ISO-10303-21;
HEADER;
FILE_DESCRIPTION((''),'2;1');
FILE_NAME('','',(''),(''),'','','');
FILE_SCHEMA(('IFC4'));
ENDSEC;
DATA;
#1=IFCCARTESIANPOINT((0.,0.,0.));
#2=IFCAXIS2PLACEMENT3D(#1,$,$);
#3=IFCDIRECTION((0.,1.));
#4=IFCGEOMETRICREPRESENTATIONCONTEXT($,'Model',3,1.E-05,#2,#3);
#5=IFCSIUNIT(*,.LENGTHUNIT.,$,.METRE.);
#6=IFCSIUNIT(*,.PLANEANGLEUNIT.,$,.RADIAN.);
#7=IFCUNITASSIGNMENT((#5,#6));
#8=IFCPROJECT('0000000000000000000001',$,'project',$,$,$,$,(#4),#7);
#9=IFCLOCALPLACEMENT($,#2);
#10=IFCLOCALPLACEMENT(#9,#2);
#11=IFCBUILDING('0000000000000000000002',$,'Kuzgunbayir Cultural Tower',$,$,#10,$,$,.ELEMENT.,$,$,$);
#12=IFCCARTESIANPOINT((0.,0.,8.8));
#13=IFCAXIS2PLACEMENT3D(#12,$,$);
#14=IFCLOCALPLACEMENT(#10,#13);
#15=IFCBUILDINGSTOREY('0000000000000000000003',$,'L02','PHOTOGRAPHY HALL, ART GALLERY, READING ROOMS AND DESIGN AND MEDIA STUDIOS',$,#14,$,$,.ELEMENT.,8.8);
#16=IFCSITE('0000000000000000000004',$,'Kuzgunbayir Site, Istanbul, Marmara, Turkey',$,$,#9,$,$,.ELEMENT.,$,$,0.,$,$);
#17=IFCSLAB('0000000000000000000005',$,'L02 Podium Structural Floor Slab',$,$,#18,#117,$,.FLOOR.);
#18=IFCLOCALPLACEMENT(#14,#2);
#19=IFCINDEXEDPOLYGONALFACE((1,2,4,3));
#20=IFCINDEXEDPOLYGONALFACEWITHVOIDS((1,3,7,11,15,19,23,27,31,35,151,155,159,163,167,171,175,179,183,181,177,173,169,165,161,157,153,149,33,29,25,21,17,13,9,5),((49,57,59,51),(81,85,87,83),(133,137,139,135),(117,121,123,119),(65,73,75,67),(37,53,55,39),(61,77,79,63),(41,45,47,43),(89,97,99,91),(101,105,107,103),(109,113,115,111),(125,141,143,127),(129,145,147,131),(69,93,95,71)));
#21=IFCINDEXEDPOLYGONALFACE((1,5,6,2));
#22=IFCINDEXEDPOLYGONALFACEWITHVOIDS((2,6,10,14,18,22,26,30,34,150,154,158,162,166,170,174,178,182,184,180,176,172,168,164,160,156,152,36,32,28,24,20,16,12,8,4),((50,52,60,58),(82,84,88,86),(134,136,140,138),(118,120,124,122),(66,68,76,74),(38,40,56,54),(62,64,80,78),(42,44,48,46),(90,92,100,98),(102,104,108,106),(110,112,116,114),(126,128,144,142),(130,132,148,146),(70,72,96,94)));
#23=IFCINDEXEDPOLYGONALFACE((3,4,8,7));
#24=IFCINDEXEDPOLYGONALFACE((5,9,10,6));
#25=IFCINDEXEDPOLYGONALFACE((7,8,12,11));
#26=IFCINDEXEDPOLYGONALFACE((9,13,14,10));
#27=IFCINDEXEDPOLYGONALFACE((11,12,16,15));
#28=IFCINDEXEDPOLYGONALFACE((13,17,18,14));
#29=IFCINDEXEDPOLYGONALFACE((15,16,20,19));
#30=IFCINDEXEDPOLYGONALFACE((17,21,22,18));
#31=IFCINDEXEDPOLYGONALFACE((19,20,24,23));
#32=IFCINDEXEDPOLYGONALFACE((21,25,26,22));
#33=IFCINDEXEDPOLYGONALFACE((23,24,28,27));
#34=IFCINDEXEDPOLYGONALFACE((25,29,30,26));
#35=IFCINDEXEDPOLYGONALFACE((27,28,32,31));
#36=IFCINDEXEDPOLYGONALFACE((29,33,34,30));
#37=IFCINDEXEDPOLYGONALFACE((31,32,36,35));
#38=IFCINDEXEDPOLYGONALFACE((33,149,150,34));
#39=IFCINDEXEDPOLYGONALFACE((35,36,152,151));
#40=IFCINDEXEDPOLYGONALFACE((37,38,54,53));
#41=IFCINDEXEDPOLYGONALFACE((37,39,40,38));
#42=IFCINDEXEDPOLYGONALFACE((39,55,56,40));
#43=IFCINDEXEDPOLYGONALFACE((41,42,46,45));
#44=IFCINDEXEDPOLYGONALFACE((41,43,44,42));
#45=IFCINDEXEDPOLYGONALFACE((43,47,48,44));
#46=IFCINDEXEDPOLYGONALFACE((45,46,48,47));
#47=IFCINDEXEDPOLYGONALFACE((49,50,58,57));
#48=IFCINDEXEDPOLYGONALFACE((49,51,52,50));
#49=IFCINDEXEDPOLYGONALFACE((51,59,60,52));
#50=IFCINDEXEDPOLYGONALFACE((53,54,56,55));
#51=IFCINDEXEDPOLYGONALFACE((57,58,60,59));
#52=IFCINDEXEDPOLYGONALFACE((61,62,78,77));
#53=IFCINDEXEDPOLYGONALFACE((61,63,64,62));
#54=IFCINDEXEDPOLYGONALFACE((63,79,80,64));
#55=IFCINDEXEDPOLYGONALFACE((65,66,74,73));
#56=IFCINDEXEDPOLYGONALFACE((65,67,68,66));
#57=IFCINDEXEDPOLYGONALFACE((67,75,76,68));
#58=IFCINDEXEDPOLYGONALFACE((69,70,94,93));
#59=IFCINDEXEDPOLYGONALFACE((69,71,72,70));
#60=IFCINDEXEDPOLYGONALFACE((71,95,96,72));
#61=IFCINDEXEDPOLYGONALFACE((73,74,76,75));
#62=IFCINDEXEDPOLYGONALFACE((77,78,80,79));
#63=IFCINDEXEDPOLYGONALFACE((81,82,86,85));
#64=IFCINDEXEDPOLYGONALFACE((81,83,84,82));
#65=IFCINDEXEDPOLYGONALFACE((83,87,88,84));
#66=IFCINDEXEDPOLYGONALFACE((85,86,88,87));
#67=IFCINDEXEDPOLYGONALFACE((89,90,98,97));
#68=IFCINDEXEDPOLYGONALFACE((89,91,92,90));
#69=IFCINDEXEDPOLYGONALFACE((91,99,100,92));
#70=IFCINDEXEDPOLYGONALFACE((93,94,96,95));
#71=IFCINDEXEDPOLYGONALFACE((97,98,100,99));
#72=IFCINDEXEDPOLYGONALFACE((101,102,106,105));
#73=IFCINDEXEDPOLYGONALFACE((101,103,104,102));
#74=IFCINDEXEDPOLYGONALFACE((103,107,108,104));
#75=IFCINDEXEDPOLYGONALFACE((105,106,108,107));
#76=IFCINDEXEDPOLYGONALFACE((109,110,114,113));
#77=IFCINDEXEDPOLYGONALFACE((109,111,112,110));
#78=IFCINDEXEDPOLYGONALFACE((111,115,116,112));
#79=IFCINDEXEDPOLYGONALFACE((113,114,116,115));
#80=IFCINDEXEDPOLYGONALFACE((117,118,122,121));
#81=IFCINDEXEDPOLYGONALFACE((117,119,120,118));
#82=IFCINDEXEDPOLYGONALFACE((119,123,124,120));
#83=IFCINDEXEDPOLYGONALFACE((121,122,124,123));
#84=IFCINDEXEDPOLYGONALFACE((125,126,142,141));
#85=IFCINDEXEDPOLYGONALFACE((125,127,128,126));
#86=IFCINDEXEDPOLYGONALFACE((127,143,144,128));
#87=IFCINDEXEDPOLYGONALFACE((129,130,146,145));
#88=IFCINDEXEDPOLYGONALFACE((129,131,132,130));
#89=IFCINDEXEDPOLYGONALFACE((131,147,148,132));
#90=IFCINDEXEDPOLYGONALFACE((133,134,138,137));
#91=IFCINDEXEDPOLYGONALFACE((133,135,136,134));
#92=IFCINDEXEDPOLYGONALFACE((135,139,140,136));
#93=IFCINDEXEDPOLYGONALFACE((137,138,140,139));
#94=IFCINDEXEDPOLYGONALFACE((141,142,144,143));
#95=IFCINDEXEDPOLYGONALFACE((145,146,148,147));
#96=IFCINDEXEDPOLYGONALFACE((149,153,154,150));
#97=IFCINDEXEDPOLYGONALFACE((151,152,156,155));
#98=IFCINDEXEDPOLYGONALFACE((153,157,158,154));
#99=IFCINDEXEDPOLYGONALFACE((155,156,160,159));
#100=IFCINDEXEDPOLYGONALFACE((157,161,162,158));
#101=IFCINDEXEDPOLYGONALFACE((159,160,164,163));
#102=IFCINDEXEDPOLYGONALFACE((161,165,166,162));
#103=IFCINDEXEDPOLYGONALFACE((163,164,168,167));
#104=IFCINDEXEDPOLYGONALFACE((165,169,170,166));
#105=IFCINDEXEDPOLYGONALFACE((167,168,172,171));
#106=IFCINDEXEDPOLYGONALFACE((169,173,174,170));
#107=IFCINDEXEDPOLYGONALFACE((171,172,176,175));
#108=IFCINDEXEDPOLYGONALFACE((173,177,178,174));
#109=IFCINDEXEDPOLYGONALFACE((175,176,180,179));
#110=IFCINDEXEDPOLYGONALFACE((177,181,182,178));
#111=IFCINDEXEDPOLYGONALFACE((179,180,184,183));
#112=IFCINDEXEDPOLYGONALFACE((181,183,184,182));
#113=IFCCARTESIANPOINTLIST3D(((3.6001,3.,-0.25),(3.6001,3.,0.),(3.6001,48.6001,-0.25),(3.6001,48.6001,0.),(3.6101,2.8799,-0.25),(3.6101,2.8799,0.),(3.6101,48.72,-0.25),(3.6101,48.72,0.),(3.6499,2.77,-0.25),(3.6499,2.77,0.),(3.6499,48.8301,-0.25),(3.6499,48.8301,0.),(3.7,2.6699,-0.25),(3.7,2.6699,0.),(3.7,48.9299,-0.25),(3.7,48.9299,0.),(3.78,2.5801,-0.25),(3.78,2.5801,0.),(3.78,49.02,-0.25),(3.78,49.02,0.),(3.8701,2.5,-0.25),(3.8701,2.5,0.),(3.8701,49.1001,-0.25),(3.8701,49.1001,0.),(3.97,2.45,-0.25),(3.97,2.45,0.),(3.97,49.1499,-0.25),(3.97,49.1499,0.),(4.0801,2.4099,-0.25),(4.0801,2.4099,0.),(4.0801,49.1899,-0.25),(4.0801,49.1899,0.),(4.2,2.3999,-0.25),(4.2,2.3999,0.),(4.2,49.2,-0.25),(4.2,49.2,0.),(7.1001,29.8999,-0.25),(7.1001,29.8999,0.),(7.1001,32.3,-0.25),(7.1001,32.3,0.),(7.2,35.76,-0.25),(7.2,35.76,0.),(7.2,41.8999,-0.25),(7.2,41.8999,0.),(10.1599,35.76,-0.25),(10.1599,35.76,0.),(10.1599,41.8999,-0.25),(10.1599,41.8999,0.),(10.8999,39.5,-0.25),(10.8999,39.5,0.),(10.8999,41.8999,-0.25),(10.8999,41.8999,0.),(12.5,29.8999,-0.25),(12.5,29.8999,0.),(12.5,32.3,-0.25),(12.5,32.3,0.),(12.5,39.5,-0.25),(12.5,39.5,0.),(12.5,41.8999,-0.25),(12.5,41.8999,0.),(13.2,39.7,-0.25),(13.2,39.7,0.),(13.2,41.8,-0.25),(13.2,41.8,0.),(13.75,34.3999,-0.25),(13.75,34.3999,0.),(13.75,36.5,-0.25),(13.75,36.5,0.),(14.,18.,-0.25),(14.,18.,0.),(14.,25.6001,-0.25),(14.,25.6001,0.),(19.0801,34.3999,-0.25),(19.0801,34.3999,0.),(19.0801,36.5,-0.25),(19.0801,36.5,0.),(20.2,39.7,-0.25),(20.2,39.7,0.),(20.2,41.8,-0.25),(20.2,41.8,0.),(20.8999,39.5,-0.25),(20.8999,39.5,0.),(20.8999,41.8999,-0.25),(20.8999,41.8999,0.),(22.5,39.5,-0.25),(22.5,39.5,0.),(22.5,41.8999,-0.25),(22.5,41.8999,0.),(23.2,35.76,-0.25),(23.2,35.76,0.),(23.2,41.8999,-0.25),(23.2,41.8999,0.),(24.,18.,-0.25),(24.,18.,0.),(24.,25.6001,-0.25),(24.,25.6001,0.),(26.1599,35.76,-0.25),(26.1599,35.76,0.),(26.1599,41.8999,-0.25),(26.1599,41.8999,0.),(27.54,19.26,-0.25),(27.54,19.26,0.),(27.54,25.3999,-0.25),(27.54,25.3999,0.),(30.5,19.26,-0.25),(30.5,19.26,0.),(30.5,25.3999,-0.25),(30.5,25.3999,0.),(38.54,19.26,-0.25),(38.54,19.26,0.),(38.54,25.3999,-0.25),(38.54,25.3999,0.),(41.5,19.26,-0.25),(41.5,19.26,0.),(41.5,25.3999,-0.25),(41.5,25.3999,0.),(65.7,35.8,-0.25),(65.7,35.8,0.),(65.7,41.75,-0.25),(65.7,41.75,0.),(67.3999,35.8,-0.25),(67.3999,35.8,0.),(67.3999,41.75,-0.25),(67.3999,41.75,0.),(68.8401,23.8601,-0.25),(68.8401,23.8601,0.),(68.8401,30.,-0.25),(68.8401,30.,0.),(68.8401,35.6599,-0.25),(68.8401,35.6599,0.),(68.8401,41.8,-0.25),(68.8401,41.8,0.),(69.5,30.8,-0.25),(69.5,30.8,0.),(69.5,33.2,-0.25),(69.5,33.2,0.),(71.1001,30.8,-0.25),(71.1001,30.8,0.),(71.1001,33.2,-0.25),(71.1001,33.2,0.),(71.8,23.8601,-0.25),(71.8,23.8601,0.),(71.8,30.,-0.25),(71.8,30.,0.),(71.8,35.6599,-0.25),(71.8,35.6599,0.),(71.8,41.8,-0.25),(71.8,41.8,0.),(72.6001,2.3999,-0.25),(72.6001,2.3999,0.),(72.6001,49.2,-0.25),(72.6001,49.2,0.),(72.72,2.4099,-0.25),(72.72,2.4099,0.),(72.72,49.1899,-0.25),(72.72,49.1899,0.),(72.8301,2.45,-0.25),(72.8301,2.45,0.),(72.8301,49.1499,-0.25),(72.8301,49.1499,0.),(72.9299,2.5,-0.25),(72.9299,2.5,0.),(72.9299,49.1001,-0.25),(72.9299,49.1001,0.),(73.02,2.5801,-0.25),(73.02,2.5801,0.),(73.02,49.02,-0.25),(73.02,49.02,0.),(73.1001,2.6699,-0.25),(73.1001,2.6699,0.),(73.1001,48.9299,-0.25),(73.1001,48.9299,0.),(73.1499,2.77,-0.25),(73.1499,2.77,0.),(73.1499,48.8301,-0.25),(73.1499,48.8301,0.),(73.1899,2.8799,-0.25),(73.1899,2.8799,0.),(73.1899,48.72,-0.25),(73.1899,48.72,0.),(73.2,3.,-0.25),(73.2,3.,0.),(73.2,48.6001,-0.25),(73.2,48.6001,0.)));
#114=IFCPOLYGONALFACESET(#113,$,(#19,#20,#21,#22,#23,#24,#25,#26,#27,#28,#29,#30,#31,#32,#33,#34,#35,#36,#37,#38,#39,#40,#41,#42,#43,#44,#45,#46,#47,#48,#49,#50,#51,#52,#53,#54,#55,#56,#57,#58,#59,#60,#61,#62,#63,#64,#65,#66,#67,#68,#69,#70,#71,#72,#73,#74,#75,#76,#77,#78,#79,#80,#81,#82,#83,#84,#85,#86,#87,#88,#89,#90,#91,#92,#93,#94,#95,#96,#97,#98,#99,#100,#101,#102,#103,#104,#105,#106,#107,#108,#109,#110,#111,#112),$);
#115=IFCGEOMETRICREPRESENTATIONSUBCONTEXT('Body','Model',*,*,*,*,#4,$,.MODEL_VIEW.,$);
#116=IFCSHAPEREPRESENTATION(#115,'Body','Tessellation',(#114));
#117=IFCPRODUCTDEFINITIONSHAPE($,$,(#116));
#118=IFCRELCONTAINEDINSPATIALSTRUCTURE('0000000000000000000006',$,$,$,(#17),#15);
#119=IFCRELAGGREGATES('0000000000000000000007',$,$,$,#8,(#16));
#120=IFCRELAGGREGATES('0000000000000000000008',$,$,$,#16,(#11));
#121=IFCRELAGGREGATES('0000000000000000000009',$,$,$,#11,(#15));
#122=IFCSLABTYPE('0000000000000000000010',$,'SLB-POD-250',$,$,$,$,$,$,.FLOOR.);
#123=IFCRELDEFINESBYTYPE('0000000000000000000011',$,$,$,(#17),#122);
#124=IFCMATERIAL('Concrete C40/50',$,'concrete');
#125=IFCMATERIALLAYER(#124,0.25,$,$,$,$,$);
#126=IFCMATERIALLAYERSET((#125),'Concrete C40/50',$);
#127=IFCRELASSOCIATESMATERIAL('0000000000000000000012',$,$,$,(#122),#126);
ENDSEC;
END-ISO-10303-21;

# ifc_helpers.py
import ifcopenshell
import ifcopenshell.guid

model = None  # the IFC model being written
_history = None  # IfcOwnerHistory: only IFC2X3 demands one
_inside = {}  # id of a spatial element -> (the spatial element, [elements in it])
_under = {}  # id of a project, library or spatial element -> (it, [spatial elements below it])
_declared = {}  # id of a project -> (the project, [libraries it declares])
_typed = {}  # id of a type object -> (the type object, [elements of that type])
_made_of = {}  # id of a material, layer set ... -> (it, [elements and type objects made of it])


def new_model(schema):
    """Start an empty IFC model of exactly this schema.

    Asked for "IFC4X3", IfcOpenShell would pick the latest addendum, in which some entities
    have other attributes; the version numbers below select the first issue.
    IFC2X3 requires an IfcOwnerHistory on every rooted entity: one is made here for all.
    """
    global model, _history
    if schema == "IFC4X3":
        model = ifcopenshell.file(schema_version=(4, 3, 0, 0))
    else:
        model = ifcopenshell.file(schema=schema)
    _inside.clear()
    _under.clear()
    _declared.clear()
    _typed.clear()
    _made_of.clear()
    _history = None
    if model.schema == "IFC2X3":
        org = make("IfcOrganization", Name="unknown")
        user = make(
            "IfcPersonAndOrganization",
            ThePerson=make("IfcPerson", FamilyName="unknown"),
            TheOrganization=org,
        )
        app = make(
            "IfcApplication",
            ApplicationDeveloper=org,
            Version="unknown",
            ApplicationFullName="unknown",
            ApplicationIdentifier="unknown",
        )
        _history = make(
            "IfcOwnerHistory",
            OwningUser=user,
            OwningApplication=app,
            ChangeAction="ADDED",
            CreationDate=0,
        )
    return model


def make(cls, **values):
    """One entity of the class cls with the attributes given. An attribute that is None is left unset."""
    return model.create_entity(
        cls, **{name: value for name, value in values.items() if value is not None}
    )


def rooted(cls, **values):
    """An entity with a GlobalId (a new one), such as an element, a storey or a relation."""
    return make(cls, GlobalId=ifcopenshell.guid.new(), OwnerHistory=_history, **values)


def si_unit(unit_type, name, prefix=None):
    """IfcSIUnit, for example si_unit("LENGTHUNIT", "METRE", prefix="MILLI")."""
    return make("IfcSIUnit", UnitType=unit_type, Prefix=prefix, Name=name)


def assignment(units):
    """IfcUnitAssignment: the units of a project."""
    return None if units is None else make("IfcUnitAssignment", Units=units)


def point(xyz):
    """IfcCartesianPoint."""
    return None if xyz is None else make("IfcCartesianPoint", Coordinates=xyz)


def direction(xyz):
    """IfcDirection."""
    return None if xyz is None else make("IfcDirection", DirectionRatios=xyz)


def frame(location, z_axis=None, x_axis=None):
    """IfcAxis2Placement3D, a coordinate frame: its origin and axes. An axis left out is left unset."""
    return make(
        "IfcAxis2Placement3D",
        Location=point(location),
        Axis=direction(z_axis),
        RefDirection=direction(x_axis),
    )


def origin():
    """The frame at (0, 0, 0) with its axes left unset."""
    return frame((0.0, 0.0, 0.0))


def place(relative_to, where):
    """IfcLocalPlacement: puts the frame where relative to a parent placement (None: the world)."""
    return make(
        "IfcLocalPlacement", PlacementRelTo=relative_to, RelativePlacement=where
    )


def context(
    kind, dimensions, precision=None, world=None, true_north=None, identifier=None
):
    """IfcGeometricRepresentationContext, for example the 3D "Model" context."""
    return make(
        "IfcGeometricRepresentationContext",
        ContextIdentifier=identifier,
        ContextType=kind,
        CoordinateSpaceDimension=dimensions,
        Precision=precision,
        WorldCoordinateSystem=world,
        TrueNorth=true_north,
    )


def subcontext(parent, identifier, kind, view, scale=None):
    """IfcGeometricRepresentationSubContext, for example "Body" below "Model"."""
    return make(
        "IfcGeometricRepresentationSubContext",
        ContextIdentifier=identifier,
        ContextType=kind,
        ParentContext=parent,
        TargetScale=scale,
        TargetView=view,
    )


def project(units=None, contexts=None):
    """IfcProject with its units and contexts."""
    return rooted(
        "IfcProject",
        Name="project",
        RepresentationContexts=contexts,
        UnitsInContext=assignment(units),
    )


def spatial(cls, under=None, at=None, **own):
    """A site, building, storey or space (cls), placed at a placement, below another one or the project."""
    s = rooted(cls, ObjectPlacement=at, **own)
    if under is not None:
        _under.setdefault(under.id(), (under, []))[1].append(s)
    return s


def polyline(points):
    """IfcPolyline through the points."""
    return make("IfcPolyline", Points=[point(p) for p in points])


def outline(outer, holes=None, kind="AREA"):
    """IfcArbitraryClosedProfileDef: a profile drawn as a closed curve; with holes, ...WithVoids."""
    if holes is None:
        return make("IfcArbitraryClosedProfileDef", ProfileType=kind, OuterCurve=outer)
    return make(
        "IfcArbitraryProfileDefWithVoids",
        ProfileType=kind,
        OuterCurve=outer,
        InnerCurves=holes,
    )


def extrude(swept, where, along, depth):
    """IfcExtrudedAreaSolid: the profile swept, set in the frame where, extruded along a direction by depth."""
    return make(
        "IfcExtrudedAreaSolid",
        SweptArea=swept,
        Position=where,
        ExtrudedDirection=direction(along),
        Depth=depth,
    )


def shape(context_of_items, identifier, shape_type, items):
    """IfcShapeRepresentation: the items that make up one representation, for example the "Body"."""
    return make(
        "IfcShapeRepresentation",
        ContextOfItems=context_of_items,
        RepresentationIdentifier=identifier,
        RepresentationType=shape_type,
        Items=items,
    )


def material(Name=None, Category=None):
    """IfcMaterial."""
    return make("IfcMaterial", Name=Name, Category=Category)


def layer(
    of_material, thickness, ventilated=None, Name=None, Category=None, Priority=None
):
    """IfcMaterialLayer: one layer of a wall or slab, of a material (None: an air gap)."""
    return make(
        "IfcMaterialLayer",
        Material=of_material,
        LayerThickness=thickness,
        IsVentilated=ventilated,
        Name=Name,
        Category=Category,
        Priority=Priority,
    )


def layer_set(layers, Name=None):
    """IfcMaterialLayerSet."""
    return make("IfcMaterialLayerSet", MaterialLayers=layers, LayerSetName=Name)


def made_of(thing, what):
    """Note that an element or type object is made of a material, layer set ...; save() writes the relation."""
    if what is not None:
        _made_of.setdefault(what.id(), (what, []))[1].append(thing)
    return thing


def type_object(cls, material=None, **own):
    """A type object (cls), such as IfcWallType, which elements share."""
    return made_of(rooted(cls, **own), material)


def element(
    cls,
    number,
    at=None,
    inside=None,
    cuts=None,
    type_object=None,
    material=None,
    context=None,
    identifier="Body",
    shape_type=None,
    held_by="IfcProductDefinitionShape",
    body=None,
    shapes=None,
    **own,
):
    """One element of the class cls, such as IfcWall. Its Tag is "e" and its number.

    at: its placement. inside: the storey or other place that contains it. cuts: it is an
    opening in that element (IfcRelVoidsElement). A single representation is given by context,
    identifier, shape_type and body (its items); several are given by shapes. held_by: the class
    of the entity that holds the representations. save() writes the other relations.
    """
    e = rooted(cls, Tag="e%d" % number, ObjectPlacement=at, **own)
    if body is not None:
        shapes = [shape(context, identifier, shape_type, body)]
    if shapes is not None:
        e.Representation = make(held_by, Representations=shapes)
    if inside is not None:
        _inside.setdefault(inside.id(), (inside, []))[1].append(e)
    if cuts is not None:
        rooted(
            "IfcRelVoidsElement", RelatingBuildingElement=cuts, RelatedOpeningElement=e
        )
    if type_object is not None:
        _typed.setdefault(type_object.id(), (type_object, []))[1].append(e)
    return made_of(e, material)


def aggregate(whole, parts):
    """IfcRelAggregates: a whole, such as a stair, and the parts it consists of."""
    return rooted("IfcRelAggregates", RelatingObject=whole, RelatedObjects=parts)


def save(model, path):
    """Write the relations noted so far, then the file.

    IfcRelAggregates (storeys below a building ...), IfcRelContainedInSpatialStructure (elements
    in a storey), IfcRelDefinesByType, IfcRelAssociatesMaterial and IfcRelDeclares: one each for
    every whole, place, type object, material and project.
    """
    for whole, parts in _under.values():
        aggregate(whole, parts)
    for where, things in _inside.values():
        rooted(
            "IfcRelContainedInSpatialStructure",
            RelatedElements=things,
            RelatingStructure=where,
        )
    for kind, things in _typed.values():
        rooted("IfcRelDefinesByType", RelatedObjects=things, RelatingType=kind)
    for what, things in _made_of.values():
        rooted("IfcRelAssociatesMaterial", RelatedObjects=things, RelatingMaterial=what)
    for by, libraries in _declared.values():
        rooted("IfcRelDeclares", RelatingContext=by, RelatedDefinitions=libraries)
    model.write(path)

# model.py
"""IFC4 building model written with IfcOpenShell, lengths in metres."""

from ifc_helpers import new_model, si_unit, direction, frame, origin, place, context, subcontext, project, spatial, polyline, outline, extrude, material, layer, layer_set, type_object, element, save


model = new_model("IFC4")

# Units and contexts
model_context = context("Model", 3, precision=1e-05, world=origin(), true_north=direction((0.0, 1.0)))
body_context = subcontext(model_context, "Body", "Model", "MODEL_VIEW")
ifc_project = project(units=[si_unit("LENGTHUNIT", "METRE"), si_unit("PLANEANGLEUNIT", "RADIAN")], contexts=[model_context])

# Site, building, storey
site_placement = place(None, origin())
site = spatial("IfcSite", under=ifc_project, at=site_placement, Name="Kuzgunbayir Site, Istanbul, Marmara, Turkey", CompositionType="ELEMENT", RefElevation=0.0)
building_placement = place(site_placement, origin())
building = spatial("IfcBuilding", under=site, at=building_placement, Name="Kuzgunbayir Cultural Tower", CompositionType="ELEMENT")
storey_placement = place(building_placement, frame((0.0, 0.0, 8.8)))
storey = spatial("IfcBuildingStorey", under=building, at=storey_placement, Name="L02", Description="PHOTOGRAPHY HALL, ART GALLERY, READING ROOMS AND DESIGN AND MEDIA STUDIOS", CompositionType="ELEMENT", Elevation=8.8)

# Shared definitions
ifc_material_1 = material(Name="Concrete C40/50", Category="concrete")

# Slab
ifc_layer_1 = layer(ifc_material_1, 0.25)
ifc_layer_set_1 = layer_set([ifc_layer_1], Name="Concrete C40/50")
slab_type_1 = type_object("IfcSlabType", Name="SLB-POD-250", PredefinedType="FLOOR", material=ifc_layer_set_1)
slab_1_placement = place(storey_placement, frame((0.0, 0.0, -0.25)))
element("IfcSlab", 1, at=slab_1_placement, inside=storey, type_object=slab_type_1, Name="L02 Podium Structural Floor Slab", PredefinedType="FLOOR", context=body_context, shape_type="SweptSolid", body=[
    extrude(outline(polyline([(72.6001, 2.3999), (72.72, 2.4099), (72.8301, 2.45), (72.9299, 2.5), (73.02, 2.5801), (73.1001, 2.6699), (73.1499, 2.77), (73.1899, 2.8799), (73.2, 3.0), (73.2, 48.6001), (73.1899, 48.72), (73.1499, 48.8301), (73.1001, 48.9299), (73.02, 49.02), (72.9299, 49.1001), (72.8301, 49.1499), (72.72, 49.1899), (72.6001, 49.2), (4.2, 49.2), (4.0801, 49.1899), (3.97, 49.1499), (3.8701, 49.1001), (3.78, 49.02), (3.7, 48.9299), (3.6499, 48.8301), (3.6101, 48.72), (3.6001, 48.6001), (3.6001, 3.0), (3.6101, 2.8799), (3.6499, 2.77), (3.7, 2.6699), (3.78, 2.5801), (3.8701, 2.5), (3.97, 2.45), (4.0801, 2.4099), (4.2, 2.3999), (72.6001, 2.3999)]), holes=[polyline([(7.2, 35.76), (7.2, 41.8999), (10.1599, 41.8999), (10.1599, 35.76), (7.2, 35.76)]), polyline([(23.2, 35.76), (23.2, 41.8999), (26.1599, 41.8999), (26.1599, 35.76), (23.2, 35.76)]), polyline([(68.8401, 23.8601), (68.8401, 30.0), (71.8, 30.0), (71.8, 23.8601), (68.8401, 23.8601)]), polyline([(68.8401, 35.6599), (68.8401, 41.8), (71.8, 41.8), (71.8, 35.6599), (68.8401, 35.6599)]), polyline([(27.54, 19.26), (27.54, 25.3999), (30.5, 25.3999), (30.5, 19.26), (27.54, 19.26)]), polyline([(38.54, 19.26), (38.54, 25.3999), (41.5, 25.3999), (41.5, 19.26), (38.54, 19.26)]), polyline([(13.2, 39.7), (13.2, 41.8), (20.2, 41.8), (20.2, 39.7), (13.2, 39.7)]), polyline([(13.75, 34.3999), (13.75, 36.5), (19.0801, 36.5), (19.0801, 34.3999), (13.75, 34.3999)]), polyline([(7.1001, 29.8999), (7.1001, 32.3), (12.5, 32.3), (12.5, 29.8999), (7.1001, 29.8999)]), polyline([(10.8999, 39.5), (10.8999, 41.8999), (12.5, 41.8999), (12.5, 39.5), (10.8999, 39.5)]), polyline([(20.8999, 39.5), (20.8999, 41.8999), (22.5, 41.8999), (22.5, 39.5), (20.8999, 39.5)]), polyline([(65.7, 35.8), (65.7, 41.75), (67.3999, 41.75), (67.3999, 35.8), (65.7, 35.8)]), polyline([(69.5, 30.8), (69.5, 33.2), (71.1001, 33.2), (71.1001, 30.8), (69.5, 30.8)]), polyline([(14.0, 18.0), (14.0, 25.6001), (24.0, 25.6001), (24.0, 18.0), (14.0, 18.0)])]), origin(), (0.0, 0.0, 1.0), 0.25),
])

save(model, "model.ifc")
